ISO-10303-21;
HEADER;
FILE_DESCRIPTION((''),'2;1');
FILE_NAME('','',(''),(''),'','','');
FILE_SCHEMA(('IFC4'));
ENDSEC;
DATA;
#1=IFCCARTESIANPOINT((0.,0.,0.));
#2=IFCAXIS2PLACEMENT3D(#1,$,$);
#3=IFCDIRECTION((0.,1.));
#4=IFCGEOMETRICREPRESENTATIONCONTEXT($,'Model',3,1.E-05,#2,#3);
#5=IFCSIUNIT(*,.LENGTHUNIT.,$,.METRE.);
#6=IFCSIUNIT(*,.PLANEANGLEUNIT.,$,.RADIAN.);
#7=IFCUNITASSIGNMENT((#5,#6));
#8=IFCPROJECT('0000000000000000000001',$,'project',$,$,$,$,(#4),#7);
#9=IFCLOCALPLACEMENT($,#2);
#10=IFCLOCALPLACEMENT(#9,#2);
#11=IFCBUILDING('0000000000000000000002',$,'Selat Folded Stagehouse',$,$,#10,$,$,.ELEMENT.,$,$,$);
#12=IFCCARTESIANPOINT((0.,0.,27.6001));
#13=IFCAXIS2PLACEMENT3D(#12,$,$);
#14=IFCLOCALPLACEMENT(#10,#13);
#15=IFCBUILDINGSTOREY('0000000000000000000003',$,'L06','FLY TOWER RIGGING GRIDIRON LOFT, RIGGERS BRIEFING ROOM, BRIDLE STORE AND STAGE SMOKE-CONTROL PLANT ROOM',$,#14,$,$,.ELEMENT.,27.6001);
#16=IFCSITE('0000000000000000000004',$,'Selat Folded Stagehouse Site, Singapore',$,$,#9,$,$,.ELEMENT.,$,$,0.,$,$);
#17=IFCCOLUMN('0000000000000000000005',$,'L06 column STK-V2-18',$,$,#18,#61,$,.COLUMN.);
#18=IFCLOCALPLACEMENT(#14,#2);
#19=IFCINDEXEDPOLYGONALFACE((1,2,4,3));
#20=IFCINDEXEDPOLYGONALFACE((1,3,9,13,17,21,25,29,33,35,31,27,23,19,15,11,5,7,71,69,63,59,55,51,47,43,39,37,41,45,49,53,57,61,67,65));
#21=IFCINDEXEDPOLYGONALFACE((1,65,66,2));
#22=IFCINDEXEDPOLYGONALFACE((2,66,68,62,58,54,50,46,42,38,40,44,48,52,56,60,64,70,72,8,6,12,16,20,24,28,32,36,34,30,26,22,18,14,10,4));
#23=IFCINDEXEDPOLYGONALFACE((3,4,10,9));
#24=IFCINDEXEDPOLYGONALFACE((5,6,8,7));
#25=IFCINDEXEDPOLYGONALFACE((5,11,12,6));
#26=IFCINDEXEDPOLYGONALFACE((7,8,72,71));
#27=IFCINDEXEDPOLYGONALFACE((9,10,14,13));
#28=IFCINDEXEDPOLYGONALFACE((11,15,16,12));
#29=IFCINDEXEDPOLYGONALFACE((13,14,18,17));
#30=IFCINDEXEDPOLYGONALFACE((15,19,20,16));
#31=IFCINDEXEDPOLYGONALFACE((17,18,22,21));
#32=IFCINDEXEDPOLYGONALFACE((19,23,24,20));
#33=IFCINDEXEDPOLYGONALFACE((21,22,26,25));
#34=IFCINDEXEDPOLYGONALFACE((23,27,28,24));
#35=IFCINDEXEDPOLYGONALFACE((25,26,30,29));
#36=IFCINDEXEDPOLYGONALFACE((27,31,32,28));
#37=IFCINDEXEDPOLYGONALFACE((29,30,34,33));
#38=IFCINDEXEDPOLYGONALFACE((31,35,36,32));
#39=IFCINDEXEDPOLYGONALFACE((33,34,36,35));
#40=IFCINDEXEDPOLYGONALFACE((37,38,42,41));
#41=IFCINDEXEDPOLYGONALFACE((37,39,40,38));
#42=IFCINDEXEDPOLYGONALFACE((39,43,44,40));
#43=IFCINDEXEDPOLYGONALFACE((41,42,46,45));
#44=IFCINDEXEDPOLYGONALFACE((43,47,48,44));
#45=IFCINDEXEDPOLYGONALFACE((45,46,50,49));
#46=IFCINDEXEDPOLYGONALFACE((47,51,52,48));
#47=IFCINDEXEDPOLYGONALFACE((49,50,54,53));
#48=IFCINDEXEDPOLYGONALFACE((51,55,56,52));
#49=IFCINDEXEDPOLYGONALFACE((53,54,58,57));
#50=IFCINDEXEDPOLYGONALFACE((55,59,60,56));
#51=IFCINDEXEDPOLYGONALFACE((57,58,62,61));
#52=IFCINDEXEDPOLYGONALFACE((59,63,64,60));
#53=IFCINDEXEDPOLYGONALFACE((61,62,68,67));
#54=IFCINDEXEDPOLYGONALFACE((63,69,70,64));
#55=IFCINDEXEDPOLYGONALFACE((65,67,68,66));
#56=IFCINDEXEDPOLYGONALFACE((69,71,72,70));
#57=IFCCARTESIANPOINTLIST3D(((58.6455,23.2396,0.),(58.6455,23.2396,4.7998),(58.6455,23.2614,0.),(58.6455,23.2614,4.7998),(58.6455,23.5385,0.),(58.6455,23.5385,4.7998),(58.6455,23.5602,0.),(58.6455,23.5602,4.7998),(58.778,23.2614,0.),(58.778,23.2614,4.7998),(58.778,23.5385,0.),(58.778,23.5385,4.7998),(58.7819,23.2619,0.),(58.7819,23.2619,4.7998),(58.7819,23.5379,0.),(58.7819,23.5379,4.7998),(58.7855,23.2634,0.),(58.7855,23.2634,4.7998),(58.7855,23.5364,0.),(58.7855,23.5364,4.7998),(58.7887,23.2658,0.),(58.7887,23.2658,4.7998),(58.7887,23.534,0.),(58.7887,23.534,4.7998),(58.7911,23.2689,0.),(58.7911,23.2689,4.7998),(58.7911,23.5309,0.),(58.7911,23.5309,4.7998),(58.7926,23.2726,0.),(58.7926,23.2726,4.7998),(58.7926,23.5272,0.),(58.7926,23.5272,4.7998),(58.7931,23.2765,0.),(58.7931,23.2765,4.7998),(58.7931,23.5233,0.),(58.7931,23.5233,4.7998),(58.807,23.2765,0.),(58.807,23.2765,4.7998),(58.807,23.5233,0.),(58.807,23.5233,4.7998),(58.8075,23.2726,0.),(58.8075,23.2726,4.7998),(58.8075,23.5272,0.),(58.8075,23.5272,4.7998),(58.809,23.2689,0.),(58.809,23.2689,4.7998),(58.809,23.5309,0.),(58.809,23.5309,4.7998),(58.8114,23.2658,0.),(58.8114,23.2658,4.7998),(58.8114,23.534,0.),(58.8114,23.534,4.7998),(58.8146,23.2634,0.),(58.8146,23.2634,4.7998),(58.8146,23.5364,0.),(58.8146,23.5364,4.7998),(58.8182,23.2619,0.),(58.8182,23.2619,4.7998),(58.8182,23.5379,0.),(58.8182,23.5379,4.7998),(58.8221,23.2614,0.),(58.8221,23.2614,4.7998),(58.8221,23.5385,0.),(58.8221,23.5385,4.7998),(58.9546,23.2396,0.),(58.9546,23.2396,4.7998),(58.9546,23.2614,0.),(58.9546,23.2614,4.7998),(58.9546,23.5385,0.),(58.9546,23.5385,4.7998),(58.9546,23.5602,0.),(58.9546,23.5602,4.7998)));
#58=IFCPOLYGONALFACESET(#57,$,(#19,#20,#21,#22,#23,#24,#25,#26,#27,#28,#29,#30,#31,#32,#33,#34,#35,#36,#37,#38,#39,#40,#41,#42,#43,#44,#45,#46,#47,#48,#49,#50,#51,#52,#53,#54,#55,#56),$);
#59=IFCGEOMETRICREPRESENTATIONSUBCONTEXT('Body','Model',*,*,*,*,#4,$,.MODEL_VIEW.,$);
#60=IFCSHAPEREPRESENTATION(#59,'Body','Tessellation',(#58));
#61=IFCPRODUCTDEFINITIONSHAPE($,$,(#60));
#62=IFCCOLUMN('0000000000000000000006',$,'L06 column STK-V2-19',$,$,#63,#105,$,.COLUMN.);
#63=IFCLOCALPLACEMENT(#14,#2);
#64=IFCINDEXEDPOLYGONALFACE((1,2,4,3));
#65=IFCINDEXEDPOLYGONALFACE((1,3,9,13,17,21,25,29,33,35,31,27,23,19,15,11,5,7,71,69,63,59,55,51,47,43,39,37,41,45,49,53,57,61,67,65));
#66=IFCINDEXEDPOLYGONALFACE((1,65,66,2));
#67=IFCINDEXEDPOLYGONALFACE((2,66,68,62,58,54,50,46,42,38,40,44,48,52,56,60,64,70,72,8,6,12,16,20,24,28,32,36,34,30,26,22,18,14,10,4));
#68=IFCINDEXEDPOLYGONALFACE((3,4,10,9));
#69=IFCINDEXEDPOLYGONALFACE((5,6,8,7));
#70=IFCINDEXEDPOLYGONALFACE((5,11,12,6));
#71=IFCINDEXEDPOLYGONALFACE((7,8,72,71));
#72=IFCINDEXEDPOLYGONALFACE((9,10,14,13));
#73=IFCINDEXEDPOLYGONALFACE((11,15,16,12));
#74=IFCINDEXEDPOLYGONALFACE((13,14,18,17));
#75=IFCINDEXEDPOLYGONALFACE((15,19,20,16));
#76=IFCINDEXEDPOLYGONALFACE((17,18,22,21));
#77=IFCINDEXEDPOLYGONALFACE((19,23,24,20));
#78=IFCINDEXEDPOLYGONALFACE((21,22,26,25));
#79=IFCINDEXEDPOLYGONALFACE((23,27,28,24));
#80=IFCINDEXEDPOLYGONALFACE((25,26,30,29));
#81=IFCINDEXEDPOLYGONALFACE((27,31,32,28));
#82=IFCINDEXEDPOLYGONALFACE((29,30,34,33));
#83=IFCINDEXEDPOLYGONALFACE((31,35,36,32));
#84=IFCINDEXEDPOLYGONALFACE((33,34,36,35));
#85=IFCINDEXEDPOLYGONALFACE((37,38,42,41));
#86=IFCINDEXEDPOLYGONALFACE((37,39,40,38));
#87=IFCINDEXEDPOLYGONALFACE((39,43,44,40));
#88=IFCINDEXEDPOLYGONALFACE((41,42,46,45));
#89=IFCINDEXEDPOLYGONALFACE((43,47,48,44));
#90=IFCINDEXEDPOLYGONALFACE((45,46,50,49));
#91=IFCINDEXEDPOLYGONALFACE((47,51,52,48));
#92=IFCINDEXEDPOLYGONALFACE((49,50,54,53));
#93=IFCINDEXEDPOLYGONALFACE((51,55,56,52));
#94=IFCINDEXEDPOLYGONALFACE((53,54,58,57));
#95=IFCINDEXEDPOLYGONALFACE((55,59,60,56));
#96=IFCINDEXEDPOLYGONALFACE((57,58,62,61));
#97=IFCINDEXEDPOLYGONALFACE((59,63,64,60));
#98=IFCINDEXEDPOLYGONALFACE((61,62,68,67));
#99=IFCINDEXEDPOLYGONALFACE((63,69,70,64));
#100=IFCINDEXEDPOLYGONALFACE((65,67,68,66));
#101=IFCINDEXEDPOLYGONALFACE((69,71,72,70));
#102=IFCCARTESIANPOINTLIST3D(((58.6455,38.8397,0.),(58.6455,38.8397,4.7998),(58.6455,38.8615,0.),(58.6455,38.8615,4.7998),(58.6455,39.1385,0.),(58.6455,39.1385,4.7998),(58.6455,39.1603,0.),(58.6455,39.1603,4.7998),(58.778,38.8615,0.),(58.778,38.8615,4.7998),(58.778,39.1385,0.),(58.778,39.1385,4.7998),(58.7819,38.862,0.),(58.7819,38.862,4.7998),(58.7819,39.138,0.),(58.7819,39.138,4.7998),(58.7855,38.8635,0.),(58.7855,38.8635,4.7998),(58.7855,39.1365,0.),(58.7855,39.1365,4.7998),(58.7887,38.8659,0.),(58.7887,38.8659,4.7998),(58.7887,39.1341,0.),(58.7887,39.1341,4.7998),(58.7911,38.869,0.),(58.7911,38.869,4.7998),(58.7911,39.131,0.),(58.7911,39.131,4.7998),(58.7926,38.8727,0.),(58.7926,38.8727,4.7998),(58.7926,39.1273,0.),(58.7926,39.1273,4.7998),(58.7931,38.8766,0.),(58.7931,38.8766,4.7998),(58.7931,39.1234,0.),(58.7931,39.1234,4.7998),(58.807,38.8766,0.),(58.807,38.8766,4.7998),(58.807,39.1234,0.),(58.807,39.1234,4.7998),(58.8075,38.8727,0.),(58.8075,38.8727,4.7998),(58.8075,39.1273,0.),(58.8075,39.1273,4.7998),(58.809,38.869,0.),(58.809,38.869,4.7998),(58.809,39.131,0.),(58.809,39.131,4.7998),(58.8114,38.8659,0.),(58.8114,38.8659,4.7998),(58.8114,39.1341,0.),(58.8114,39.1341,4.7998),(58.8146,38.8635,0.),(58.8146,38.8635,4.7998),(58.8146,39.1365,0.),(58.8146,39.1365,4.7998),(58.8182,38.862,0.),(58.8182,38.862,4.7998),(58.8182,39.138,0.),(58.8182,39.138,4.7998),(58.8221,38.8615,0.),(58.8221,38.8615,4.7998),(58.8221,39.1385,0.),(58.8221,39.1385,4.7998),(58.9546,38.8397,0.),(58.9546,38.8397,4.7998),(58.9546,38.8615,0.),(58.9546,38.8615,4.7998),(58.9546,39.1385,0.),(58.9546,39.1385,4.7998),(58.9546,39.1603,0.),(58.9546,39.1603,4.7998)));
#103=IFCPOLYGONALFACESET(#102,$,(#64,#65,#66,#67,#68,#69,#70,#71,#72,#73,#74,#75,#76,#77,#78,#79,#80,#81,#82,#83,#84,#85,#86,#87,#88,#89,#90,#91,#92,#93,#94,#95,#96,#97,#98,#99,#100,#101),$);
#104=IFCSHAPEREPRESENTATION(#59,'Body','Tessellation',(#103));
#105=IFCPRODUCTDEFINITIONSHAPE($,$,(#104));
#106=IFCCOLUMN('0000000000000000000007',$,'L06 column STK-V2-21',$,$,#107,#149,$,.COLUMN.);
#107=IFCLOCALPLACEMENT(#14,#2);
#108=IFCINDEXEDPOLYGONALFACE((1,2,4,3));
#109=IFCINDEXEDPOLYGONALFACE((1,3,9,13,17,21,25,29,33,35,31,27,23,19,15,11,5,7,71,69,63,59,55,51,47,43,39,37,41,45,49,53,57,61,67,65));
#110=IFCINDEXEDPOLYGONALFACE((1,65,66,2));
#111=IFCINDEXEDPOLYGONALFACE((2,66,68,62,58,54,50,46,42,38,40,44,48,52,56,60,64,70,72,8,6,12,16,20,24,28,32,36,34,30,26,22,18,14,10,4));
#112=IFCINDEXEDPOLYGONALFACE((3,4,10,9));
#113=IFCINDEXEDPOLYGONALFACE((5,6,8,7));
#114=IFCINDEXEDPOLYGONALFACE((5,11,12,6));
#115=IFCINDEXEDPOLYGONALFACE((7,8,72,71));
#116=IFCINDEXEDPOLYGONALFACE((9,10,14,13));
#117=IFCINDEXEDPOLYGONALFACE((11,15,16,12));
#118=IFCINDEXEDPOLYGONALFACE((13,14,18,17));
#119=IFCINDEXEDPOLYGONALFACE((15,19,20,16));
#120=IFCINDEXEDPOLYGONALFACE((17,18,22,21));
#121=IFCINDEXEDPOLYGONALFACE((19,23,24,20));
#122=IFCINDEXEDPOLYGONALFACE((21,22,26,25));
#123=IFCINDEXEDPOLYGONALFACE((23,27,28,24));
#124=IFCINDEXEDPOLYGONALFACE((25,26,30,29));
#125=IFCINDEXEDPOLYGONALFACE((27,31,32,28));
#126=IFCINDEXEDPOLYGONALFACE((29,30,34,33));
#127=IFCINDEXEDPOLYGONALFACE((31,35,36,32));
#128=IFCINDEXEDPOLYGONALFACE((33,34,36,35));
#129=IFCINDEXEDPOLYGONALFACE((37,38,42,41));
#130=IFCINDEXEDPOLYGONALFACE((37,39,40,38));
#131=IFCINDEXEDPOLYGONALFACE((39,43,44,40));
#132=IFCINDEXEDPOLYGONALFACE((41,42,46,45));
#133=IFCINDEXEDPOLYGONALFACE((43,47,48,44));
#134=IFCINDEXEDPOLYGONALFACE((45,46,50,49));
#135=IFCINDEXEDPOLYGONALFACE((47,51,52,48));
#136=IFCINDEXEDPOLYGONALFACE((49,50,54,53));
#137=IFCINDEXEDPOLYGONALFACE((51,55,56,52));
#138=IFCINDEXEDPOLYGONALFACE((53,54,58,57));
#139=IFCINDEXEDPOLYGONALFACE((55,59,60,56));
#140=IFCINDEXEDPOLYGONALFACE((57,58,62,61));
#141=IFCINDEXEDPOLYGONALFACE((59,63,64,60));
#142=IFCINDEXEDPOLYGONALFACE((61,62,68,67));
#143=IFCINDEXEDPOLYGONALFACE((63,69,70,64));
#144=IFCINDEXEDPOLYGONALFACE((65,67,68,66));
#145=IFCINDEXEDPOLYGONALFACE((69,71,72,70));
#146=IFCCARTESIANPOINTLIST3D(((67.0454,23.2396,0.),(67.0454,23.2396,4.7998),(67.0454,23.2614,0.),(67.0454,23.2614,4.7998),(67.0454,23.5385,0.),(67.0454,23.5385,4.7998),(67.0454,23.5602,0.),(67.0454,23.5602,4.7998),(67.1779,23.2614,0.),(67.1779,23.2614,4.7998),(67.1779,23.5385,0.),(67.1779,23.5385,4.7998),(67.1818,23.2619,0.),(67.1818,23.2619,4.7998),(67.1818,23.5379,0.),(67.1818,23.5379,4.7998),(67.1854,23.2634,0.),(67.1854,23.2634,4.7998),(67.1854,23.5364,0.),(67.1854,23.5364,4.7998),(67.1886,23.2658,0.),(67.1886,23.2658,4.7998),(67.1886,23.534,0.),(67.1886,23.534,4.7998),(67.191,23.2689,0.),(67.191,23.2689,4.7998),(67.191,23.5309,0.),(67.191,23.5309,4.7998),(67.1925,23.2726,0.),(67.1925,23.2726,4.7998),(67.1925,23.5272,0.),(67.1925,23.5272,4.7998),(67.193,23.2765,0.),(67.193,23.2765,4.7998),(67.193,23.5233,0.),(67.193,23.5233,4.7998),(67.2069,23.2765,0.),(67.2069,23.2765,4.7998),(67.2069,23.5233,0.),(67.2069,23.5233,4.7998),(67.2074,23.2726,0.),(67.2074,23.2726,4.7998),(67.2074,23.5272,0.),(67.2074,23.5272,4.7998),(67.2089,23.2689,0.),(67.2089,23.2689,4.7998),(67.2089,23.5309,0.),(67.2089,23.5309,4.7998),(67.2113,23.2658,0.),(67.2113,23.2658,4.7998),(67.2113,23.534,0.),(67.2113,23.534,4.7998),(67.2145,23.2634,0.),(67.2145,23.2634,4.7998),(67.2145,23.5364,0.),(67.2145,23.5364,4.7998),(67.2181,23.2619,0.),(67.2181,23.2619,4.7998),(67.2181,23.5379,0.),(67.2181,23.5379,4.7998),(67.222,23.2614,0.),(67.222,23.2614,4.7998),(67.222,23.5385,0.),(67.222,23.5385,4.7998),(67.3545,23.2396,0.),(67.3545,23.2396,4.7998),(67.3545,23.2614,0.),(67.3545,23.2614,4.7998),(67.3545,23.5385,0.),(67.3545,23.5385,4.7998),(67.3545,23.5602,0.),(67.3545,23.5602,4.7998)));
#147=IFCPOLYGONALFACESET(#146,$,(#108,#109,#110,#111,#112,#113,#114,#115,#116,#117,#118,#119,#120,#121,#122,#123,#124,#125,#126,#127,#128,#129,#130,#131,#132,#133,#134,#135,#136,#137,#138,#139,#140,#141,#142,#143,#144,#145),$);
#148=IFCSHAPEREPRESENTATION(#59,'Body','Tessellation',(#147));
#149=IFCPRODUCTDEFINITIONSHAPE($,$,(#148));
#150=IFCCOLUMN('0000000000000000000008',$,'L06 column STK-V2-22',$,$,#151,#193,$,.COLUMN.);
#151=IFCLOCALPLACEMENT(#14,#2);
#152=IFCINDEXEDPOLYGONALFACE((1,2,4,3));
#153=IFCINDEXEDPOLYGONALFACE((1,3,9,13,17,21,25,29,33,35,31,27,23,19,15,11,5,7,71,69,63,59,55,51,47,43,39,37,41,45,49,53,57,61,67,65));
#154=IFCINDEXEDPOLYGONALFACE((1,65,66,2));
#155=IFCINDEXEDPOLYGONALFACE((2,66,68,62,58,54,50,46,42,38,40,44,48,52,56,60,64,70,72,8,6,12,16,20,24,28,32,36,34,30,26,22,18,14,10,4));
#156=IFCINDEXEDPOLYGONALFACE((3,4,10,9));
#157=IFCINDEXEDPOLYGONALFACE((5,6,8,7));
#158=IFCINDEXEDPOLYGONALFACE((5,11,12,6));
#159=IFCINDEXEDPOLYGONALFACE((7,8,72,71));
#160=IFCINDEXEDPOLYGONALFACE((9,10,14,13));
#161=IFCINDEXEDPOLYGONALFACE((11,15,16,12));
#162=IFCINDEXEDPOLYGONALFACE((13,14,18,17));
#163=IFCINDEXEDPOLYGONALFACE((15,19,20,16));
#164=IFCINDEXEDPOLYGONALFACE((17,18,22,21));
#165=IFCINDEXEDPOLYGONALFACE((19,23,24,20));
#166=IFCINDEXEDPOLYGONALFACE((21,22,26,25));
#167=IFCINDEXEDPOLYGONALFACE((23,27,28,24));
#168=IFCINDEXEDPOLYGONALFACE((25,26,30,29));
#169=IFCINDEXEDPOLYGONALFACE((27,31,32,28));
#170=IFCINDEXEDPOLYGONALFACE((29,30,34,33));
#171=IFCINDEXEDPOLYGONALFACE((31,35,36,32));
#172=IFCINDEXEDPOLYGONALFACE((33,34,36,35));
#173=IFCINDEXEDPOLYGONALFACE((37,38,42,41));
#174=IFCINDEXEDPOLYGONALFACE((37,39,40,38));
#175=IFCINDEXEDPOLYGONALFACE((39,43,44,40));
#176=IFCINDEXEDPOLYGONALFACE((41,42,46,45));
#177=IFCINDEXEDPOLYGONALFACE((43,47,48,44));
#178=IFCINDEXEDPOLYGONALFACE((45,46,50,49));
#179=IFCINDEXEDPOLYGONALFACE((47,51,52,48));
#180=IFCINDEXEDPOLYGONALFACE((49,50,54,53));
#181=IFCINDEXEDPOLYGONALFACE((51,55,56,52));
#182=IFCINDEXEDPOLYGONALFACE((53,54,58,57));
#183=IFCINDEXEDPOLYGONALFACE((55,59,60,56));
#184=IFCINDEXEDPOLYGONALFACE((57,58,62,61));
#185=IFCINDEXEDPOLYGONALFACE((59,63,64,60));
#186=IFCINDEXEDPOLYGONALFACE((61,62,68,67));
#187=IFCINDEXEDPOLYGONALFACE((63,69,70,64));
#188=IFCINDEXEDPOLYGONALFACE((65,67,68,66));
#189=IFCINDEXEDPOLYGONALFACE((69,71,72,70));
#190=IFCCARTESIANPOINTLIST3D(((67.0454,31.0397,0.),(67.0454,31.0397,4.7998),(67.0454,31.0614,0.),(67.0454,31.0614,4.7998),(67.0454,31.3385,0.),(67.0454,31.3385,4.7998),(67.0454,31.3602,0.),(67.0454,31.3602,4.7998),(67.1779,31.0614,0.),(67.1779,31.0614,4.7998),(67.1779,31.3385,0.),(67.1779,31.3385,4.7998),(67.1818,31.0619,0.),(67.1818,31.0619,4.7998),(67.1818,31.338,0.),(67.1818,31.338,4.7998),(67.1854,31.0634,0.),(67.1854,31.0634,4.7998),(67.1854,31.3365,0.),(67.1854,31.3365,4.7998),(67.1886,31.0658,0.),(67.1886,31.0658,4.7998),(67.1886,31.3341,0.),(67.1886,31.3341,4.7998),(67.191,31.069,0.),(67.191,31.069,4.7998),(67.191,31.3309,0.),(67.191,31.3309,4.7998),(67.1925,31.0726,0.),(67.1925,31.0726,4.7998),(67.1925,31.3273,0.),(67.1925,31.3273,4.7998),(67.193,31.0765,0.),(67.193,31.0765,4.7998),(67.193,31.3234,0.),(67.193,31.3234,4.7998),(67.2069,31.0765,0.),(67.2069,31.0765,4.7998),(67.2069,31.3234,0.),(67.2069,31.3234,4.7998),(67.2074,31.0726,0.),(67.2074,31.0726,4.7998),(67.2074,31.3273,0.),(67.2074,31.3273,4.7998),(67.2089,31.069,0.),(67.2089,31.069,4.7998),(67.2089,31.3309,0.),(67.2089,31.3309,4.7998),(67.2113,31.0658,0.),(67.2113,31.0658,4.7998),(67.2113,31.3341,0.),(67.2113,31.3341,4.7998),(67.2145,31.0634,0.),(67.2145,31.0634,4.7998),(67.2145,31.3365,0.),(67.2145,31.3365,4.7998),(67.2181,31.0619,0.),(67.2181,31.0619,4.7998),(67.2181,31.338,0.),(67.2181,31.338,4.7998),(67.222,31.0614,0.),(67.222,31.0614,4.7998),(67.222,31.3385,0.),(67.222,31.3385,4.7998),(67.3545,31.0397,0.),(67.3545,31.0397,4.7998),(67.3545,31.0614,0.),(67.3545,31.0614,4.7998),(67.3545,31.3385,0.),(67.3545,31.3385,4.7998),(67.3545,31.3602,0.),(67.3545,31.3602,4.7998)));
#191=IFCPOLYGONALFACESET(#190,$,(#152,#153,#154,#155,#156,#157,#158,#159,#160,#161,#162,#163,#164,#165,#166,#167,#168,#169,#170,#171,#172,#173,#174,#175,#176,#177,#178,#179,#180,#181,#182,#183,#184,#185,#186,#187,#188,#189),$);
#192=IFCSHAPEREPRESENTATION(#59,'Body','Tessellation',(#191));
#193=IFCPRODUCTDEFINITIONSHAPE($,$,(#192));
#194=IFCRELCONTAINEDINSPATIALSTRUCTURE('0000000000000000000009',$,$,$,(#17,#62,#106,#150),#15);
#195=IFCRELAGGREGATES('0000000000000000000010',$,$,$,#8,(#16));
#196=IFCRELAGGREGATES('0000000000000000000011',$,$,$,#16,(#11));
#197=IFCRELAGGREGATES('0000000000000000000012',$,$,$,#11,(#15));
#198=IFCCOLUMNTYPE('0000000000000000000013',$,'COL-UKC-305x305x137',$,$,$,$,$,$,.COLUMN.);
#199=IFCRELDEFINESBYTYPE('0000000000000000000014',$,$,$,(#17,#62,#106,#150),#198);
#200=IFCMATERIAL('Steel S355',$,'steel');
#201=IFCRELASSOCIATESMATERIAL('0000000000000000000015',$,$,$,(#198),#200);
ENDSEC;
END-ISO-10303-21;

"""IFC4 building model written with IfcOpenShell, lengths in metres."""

from ifc_helpers import new_model, si_unit, direction, frame, origin, origin_2d, place, context, subcontext, project, spatial, i_section, extrude, material, material_profile, profile_set, type_object, element, save


model = new_model("IFC4")

# Units and contexts
model_context = context("Model", 3, precision=1e-05, world=origin(), true_north=direction((0.0, 1.0)))
body_context = subcontext(model_context, "Body", "Model", "MODEL_VIEW")
ifc_project = project(units=[si_unit("LENGTHUNIT", "METRE"), si_unit("PLANEANGLEUNIT", "RADIAN")], contexts=[model_context])

# Site, building, storey
site_placement = place(None, origin())
site = spatial("IfcSite", under=ifc_project, at=site_placement, Name="Selat Folded Stagehouse Site, Singapore", CompositionType="ELEMENT", RefElevation=0.0)
building_placement = place(site_placement, origin())
building = spatial("IfcBuilding", under=site, at=building_placement, Name="Selat Folded Stagehouse", CompositionType="ELEMENT")
storey_placement = place(building_placement, frame((0.0, 0.0, 27.6001)))
storey = spatial("IfcBuildingStorey", under=building, at=storey_placement, Name="L06", Description="FLY TOWER RIGGING GRIDIRON LOFT, RIGGERS BRIEFING ROOM, BRIDLE STORE AND STAGE SMOKE-CONTROL PLANT ROOM", CompositionType="ELEMENT", Elevation=27.6001)

# Columns
ifc_material_1 = material(Name="Steel S355", Category="steel")
ifc_material_profile = material_profile(ifc_material_1, i_section(OverallWidth=0.3091, OverallDepth=0.3206, WebThickness=0.0139, FlangeThickness=0.0217, FilletRadius=0.0151, at=origin_2d()), Name="UKC 305x305x137")
ifc_profile_set = profile_set([ifc_material_profile], Name="Steel S355")
column_type = type_object("IfcColumnType", Name="COL-UKC-305x305x137", PredefinedType="COLUMN", material=ifc_profile_set)
for number, where, z_axis, x_axis, name in (
    (1, (58.8, 23.3999, 0.0), (0.0, 0.0, 1.0), (1.0, 0.0, 0.0), "L06 column STK-V2-18"),
    (2, (58.8, 39.0, 0.0), (0.0, 0.0, 1.0), (1.0, 0.0, 0.0), "L06 column STK-V2-19"),
    (3, (67.2, 23.3999, 0.0), (0.0, 0.0, 1.0), (1.0, 0.0, 0.0), "L06 column STK-V2-21"),
    (4, (67.2, 31.2, 0.0), (0.0, 0.0, 1.0), (1.0, 0.0, 0.0), "L06 column STK-V2-22"),
):
    element("IfcColumn", number, at=place(storey_placement, frame(where, z_axis=z_axis, x_axis=x_axis)), inside=storey, type_object=column_type, Name=name, PredefinedType="COLUMN", context=body_context, shape_type="SweptSolid", body=[
        extrude(i_section(OverallWidth=0.3091, OverallDepth=0.3206, WebThickness=0.0139, FlangeThickness=0.0217, FilletRadius=0.0151, at=origin_2d()), origin(), (0.0, 0.0, 1.0), 4.7998),
    ])

save(model, "model.ifc")
